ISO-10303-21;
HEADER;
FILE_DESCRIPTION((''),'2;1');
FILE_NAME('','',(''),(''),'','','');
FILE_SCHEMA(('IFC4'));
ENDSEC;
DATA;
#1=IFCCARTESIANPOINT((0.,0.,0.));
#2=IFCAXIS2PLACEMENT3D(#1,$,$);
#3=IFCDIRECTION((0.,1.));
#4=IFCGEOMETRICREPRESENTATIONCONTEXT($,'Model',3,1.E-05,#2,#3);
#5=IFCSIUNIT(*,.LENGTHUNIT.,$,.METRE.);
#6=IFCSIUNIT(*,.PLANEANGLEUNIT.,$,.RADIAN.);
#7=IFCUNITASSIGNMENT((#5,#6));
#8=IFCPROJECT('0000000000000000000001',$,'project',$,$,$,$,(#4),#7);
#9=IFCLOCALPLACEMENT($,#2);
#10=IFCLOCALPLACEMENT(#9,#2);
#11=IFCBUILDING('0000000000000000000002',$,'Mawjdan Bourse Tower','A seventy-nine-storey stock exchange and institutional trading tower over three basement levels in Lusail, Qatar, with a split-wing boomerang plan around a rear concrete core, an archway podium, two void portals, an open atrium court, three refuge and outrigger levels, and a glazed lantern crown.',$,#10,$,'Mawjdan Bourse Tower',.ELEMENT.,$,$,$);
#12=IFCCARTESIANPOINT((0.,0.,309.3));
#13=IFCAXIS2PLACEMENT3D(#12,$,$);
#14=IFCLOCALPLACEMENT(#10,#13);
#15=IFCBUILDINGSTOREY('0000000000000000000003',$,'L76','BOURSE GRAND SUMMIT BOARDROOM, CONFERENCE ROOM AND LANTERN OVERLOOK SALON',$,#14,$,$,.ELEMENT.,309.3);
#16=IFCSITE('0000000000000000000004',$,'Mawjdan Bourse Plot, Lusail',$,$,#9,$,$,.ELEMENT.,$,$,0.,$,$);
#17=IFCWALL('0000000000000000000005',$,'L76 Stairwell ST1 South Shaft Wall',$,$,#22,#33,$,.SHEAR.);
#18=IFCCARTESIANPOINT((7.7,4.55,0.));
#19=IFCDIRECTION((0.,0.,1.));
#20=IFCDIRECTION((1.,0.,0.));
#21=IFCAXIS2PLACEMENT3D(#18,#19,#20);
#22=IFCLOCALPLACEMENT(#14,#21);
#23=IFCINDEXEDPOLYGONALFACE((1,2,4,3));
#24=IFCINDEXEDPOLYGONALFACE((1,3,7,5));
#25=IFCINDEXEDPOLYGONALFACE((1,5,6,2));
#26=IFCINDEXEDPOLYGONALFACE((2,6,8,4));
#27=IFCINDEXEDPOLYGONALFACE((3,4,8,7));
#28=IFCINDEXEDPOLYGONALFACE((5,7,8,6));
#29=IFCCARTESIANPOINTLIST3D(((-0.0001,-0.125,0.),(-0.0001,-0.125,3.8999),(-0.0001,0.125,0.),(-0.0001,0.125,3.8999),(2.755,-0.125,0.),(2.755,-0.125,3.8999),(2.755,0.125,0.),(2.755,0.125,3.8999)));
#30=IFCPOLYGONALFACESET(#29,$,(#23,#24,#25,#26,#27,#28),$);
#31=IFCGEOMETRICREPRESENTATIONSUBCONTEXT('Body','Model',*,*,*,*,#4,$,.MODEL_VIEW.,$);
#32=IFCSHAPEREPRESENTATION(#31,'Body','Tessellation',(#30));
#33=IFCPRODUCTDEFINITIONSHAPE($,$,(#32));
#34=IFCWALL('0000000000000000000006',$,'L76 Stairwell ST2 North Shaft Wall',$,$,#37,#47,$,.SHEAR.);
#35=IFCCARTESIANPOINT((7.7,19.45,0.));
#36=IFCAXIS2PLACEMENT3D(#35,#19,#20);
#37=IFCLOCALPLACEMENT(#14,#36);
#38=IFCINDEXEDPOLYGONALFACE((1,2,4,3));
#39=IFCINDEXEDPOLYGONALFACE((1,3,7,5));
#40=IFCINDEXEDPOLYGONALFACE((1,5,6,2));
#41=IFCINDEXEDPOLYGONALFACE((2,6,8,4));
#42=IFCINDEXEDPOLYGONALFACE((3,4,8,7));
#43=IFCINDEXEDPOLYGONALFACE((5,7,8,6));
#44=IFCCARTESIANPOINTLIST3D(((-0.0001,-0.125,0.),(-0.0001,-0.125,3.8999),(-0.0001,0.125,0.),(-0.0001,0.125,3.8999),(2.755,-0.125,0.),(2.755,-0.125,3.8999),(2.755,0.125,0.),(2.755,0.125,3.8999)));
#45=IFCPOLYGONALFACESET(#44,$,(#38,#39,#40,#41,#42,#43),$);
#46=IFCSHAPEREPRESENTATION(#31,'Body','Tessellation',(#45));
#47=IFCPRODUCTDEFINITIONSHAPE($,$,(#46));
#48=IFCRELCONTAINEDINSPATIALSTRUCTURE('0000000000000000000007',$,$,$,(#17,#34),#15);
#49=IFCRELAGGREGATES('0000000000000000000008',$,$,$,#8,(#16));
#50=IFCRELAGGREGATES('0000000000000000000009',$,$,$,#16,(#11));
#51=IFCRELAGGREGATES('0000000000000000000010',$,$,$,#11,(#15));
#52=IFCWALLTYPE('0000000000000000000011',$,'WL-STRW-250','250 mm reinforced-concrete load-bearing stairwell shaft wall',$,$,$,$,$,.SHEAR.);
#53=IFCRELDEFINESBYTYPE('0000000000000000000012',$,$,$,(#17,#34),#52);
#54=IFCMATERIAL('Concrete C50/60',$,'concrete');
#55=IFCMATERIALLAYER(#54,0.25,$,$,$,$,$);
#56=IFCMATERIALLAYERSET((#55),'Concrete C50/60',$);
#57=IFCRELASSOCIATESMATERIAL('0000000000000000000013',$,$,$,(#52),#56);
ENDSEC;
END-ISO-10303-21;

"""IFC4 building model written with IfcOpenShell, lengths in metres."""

from ifc_helpers import new_model, si_unit, direction, frame, frame_2d, origin, place, context, subcontext, project, spatial, rectangle, extrude, material, layer, layer_set, type_object, element, save


model = new_model("IFC4")

# Units and contexts
model_context = context("Model", 3, precision=1e-05, world=origin(), true_north=direction((0.0, 1.0)))
body_context = subcontext(model_context, "Body", "Model", "MODEL_VIEW")
ifc_project = project(units=[si_unit("LENGTHUNIT", "METRE"), si_unit("PLANEANGLEUNIT", "RADIAN")], contexts=[model_context])

# Site, building, storey
site_placement = place(None, origin())
site = spatial("IfcSite", under=ifc_project, at=site_placement, Name="Mawjdan Bourse Plot, Lusail", CompositionType="ELEMENT", RefElevation=0.0)
building_placement = place(site_placement, origin())
building = spatial("IfcBuilding", under=site, at=building_placement, Name="Mawjdan Bourse Tower", Description="A seventy-nine-storey stock exchange and institutional trading tower over three basement levels in Lusail, Qatar, with a split-wing boomerang plan around a rear concrete core, an archway podium, two void portals, an open atrium court, three refuge and outrigger levels, and a glazed lantern crown.", LongName="Mawjdan Bourse Tower", CompositionType="ELEMENT")
storey_placement = place(building_placement, frame((0.0, 0.0, 309.3)))
storey = spatial("IfcBuildingStorey", under=building, at=storey_placement, Name="L76", Description="BOURSE GRAND SUMMIT BOARDROOM, CONFERENCE ROOM AND LANTERN OVERLOOK SALON", CompositionType="ELEMENT", Elevation=309.3)

# Shared definitions
ifc_material_1 = material(Name="Concrete C50/60", Category="concrete")

# Walls
ifc_layer_1 = layer(ifc_material_1, 0.25)
ifc_layer_set_1 = layer_set([ifc_layer_1], Name="Concrete C50/60")
wall_type_1 = type_object("IfcWallType", Name="WL-STRW-250", Description="250 mm reinforced-concrete load-bearing stairwell shaft wall", PredefinedType="SHEAR", material=ifc_layer_set_1)
for number, where, z_axis, x_axis, name in (
    (1, (7.7, 4.55, 0.0), (0.0, 0.0, 1.0), (1.0, 0.0, 0.0), "L76 Stairwell ST1 South Shaft Wall"),
    (2, (7.7, 19.45, 0.0), (0.0, 0.0, 1.0), (1.0, 0.0, 0.0), "L76 Stairwell ST2 North Shaft Wall"),
):
    element("IfcWall", number, at=place(storey_placement, frame(where, z_axis=z_axis, x_axis=x_axis)), inside=storey, type_object=wall_type_1, Name=name, PredefinedType="SHEAR", context=body_context, shape_type="SweptSolid", body=[
        extrude(rectangle(XDim=2.7551, YDim=0.25, at=frame_2d((1.3774, 0.0))), origin(), (0.0, 0.0, 1.0), 3.8999),
    ])

save(model, "model.ifc")
